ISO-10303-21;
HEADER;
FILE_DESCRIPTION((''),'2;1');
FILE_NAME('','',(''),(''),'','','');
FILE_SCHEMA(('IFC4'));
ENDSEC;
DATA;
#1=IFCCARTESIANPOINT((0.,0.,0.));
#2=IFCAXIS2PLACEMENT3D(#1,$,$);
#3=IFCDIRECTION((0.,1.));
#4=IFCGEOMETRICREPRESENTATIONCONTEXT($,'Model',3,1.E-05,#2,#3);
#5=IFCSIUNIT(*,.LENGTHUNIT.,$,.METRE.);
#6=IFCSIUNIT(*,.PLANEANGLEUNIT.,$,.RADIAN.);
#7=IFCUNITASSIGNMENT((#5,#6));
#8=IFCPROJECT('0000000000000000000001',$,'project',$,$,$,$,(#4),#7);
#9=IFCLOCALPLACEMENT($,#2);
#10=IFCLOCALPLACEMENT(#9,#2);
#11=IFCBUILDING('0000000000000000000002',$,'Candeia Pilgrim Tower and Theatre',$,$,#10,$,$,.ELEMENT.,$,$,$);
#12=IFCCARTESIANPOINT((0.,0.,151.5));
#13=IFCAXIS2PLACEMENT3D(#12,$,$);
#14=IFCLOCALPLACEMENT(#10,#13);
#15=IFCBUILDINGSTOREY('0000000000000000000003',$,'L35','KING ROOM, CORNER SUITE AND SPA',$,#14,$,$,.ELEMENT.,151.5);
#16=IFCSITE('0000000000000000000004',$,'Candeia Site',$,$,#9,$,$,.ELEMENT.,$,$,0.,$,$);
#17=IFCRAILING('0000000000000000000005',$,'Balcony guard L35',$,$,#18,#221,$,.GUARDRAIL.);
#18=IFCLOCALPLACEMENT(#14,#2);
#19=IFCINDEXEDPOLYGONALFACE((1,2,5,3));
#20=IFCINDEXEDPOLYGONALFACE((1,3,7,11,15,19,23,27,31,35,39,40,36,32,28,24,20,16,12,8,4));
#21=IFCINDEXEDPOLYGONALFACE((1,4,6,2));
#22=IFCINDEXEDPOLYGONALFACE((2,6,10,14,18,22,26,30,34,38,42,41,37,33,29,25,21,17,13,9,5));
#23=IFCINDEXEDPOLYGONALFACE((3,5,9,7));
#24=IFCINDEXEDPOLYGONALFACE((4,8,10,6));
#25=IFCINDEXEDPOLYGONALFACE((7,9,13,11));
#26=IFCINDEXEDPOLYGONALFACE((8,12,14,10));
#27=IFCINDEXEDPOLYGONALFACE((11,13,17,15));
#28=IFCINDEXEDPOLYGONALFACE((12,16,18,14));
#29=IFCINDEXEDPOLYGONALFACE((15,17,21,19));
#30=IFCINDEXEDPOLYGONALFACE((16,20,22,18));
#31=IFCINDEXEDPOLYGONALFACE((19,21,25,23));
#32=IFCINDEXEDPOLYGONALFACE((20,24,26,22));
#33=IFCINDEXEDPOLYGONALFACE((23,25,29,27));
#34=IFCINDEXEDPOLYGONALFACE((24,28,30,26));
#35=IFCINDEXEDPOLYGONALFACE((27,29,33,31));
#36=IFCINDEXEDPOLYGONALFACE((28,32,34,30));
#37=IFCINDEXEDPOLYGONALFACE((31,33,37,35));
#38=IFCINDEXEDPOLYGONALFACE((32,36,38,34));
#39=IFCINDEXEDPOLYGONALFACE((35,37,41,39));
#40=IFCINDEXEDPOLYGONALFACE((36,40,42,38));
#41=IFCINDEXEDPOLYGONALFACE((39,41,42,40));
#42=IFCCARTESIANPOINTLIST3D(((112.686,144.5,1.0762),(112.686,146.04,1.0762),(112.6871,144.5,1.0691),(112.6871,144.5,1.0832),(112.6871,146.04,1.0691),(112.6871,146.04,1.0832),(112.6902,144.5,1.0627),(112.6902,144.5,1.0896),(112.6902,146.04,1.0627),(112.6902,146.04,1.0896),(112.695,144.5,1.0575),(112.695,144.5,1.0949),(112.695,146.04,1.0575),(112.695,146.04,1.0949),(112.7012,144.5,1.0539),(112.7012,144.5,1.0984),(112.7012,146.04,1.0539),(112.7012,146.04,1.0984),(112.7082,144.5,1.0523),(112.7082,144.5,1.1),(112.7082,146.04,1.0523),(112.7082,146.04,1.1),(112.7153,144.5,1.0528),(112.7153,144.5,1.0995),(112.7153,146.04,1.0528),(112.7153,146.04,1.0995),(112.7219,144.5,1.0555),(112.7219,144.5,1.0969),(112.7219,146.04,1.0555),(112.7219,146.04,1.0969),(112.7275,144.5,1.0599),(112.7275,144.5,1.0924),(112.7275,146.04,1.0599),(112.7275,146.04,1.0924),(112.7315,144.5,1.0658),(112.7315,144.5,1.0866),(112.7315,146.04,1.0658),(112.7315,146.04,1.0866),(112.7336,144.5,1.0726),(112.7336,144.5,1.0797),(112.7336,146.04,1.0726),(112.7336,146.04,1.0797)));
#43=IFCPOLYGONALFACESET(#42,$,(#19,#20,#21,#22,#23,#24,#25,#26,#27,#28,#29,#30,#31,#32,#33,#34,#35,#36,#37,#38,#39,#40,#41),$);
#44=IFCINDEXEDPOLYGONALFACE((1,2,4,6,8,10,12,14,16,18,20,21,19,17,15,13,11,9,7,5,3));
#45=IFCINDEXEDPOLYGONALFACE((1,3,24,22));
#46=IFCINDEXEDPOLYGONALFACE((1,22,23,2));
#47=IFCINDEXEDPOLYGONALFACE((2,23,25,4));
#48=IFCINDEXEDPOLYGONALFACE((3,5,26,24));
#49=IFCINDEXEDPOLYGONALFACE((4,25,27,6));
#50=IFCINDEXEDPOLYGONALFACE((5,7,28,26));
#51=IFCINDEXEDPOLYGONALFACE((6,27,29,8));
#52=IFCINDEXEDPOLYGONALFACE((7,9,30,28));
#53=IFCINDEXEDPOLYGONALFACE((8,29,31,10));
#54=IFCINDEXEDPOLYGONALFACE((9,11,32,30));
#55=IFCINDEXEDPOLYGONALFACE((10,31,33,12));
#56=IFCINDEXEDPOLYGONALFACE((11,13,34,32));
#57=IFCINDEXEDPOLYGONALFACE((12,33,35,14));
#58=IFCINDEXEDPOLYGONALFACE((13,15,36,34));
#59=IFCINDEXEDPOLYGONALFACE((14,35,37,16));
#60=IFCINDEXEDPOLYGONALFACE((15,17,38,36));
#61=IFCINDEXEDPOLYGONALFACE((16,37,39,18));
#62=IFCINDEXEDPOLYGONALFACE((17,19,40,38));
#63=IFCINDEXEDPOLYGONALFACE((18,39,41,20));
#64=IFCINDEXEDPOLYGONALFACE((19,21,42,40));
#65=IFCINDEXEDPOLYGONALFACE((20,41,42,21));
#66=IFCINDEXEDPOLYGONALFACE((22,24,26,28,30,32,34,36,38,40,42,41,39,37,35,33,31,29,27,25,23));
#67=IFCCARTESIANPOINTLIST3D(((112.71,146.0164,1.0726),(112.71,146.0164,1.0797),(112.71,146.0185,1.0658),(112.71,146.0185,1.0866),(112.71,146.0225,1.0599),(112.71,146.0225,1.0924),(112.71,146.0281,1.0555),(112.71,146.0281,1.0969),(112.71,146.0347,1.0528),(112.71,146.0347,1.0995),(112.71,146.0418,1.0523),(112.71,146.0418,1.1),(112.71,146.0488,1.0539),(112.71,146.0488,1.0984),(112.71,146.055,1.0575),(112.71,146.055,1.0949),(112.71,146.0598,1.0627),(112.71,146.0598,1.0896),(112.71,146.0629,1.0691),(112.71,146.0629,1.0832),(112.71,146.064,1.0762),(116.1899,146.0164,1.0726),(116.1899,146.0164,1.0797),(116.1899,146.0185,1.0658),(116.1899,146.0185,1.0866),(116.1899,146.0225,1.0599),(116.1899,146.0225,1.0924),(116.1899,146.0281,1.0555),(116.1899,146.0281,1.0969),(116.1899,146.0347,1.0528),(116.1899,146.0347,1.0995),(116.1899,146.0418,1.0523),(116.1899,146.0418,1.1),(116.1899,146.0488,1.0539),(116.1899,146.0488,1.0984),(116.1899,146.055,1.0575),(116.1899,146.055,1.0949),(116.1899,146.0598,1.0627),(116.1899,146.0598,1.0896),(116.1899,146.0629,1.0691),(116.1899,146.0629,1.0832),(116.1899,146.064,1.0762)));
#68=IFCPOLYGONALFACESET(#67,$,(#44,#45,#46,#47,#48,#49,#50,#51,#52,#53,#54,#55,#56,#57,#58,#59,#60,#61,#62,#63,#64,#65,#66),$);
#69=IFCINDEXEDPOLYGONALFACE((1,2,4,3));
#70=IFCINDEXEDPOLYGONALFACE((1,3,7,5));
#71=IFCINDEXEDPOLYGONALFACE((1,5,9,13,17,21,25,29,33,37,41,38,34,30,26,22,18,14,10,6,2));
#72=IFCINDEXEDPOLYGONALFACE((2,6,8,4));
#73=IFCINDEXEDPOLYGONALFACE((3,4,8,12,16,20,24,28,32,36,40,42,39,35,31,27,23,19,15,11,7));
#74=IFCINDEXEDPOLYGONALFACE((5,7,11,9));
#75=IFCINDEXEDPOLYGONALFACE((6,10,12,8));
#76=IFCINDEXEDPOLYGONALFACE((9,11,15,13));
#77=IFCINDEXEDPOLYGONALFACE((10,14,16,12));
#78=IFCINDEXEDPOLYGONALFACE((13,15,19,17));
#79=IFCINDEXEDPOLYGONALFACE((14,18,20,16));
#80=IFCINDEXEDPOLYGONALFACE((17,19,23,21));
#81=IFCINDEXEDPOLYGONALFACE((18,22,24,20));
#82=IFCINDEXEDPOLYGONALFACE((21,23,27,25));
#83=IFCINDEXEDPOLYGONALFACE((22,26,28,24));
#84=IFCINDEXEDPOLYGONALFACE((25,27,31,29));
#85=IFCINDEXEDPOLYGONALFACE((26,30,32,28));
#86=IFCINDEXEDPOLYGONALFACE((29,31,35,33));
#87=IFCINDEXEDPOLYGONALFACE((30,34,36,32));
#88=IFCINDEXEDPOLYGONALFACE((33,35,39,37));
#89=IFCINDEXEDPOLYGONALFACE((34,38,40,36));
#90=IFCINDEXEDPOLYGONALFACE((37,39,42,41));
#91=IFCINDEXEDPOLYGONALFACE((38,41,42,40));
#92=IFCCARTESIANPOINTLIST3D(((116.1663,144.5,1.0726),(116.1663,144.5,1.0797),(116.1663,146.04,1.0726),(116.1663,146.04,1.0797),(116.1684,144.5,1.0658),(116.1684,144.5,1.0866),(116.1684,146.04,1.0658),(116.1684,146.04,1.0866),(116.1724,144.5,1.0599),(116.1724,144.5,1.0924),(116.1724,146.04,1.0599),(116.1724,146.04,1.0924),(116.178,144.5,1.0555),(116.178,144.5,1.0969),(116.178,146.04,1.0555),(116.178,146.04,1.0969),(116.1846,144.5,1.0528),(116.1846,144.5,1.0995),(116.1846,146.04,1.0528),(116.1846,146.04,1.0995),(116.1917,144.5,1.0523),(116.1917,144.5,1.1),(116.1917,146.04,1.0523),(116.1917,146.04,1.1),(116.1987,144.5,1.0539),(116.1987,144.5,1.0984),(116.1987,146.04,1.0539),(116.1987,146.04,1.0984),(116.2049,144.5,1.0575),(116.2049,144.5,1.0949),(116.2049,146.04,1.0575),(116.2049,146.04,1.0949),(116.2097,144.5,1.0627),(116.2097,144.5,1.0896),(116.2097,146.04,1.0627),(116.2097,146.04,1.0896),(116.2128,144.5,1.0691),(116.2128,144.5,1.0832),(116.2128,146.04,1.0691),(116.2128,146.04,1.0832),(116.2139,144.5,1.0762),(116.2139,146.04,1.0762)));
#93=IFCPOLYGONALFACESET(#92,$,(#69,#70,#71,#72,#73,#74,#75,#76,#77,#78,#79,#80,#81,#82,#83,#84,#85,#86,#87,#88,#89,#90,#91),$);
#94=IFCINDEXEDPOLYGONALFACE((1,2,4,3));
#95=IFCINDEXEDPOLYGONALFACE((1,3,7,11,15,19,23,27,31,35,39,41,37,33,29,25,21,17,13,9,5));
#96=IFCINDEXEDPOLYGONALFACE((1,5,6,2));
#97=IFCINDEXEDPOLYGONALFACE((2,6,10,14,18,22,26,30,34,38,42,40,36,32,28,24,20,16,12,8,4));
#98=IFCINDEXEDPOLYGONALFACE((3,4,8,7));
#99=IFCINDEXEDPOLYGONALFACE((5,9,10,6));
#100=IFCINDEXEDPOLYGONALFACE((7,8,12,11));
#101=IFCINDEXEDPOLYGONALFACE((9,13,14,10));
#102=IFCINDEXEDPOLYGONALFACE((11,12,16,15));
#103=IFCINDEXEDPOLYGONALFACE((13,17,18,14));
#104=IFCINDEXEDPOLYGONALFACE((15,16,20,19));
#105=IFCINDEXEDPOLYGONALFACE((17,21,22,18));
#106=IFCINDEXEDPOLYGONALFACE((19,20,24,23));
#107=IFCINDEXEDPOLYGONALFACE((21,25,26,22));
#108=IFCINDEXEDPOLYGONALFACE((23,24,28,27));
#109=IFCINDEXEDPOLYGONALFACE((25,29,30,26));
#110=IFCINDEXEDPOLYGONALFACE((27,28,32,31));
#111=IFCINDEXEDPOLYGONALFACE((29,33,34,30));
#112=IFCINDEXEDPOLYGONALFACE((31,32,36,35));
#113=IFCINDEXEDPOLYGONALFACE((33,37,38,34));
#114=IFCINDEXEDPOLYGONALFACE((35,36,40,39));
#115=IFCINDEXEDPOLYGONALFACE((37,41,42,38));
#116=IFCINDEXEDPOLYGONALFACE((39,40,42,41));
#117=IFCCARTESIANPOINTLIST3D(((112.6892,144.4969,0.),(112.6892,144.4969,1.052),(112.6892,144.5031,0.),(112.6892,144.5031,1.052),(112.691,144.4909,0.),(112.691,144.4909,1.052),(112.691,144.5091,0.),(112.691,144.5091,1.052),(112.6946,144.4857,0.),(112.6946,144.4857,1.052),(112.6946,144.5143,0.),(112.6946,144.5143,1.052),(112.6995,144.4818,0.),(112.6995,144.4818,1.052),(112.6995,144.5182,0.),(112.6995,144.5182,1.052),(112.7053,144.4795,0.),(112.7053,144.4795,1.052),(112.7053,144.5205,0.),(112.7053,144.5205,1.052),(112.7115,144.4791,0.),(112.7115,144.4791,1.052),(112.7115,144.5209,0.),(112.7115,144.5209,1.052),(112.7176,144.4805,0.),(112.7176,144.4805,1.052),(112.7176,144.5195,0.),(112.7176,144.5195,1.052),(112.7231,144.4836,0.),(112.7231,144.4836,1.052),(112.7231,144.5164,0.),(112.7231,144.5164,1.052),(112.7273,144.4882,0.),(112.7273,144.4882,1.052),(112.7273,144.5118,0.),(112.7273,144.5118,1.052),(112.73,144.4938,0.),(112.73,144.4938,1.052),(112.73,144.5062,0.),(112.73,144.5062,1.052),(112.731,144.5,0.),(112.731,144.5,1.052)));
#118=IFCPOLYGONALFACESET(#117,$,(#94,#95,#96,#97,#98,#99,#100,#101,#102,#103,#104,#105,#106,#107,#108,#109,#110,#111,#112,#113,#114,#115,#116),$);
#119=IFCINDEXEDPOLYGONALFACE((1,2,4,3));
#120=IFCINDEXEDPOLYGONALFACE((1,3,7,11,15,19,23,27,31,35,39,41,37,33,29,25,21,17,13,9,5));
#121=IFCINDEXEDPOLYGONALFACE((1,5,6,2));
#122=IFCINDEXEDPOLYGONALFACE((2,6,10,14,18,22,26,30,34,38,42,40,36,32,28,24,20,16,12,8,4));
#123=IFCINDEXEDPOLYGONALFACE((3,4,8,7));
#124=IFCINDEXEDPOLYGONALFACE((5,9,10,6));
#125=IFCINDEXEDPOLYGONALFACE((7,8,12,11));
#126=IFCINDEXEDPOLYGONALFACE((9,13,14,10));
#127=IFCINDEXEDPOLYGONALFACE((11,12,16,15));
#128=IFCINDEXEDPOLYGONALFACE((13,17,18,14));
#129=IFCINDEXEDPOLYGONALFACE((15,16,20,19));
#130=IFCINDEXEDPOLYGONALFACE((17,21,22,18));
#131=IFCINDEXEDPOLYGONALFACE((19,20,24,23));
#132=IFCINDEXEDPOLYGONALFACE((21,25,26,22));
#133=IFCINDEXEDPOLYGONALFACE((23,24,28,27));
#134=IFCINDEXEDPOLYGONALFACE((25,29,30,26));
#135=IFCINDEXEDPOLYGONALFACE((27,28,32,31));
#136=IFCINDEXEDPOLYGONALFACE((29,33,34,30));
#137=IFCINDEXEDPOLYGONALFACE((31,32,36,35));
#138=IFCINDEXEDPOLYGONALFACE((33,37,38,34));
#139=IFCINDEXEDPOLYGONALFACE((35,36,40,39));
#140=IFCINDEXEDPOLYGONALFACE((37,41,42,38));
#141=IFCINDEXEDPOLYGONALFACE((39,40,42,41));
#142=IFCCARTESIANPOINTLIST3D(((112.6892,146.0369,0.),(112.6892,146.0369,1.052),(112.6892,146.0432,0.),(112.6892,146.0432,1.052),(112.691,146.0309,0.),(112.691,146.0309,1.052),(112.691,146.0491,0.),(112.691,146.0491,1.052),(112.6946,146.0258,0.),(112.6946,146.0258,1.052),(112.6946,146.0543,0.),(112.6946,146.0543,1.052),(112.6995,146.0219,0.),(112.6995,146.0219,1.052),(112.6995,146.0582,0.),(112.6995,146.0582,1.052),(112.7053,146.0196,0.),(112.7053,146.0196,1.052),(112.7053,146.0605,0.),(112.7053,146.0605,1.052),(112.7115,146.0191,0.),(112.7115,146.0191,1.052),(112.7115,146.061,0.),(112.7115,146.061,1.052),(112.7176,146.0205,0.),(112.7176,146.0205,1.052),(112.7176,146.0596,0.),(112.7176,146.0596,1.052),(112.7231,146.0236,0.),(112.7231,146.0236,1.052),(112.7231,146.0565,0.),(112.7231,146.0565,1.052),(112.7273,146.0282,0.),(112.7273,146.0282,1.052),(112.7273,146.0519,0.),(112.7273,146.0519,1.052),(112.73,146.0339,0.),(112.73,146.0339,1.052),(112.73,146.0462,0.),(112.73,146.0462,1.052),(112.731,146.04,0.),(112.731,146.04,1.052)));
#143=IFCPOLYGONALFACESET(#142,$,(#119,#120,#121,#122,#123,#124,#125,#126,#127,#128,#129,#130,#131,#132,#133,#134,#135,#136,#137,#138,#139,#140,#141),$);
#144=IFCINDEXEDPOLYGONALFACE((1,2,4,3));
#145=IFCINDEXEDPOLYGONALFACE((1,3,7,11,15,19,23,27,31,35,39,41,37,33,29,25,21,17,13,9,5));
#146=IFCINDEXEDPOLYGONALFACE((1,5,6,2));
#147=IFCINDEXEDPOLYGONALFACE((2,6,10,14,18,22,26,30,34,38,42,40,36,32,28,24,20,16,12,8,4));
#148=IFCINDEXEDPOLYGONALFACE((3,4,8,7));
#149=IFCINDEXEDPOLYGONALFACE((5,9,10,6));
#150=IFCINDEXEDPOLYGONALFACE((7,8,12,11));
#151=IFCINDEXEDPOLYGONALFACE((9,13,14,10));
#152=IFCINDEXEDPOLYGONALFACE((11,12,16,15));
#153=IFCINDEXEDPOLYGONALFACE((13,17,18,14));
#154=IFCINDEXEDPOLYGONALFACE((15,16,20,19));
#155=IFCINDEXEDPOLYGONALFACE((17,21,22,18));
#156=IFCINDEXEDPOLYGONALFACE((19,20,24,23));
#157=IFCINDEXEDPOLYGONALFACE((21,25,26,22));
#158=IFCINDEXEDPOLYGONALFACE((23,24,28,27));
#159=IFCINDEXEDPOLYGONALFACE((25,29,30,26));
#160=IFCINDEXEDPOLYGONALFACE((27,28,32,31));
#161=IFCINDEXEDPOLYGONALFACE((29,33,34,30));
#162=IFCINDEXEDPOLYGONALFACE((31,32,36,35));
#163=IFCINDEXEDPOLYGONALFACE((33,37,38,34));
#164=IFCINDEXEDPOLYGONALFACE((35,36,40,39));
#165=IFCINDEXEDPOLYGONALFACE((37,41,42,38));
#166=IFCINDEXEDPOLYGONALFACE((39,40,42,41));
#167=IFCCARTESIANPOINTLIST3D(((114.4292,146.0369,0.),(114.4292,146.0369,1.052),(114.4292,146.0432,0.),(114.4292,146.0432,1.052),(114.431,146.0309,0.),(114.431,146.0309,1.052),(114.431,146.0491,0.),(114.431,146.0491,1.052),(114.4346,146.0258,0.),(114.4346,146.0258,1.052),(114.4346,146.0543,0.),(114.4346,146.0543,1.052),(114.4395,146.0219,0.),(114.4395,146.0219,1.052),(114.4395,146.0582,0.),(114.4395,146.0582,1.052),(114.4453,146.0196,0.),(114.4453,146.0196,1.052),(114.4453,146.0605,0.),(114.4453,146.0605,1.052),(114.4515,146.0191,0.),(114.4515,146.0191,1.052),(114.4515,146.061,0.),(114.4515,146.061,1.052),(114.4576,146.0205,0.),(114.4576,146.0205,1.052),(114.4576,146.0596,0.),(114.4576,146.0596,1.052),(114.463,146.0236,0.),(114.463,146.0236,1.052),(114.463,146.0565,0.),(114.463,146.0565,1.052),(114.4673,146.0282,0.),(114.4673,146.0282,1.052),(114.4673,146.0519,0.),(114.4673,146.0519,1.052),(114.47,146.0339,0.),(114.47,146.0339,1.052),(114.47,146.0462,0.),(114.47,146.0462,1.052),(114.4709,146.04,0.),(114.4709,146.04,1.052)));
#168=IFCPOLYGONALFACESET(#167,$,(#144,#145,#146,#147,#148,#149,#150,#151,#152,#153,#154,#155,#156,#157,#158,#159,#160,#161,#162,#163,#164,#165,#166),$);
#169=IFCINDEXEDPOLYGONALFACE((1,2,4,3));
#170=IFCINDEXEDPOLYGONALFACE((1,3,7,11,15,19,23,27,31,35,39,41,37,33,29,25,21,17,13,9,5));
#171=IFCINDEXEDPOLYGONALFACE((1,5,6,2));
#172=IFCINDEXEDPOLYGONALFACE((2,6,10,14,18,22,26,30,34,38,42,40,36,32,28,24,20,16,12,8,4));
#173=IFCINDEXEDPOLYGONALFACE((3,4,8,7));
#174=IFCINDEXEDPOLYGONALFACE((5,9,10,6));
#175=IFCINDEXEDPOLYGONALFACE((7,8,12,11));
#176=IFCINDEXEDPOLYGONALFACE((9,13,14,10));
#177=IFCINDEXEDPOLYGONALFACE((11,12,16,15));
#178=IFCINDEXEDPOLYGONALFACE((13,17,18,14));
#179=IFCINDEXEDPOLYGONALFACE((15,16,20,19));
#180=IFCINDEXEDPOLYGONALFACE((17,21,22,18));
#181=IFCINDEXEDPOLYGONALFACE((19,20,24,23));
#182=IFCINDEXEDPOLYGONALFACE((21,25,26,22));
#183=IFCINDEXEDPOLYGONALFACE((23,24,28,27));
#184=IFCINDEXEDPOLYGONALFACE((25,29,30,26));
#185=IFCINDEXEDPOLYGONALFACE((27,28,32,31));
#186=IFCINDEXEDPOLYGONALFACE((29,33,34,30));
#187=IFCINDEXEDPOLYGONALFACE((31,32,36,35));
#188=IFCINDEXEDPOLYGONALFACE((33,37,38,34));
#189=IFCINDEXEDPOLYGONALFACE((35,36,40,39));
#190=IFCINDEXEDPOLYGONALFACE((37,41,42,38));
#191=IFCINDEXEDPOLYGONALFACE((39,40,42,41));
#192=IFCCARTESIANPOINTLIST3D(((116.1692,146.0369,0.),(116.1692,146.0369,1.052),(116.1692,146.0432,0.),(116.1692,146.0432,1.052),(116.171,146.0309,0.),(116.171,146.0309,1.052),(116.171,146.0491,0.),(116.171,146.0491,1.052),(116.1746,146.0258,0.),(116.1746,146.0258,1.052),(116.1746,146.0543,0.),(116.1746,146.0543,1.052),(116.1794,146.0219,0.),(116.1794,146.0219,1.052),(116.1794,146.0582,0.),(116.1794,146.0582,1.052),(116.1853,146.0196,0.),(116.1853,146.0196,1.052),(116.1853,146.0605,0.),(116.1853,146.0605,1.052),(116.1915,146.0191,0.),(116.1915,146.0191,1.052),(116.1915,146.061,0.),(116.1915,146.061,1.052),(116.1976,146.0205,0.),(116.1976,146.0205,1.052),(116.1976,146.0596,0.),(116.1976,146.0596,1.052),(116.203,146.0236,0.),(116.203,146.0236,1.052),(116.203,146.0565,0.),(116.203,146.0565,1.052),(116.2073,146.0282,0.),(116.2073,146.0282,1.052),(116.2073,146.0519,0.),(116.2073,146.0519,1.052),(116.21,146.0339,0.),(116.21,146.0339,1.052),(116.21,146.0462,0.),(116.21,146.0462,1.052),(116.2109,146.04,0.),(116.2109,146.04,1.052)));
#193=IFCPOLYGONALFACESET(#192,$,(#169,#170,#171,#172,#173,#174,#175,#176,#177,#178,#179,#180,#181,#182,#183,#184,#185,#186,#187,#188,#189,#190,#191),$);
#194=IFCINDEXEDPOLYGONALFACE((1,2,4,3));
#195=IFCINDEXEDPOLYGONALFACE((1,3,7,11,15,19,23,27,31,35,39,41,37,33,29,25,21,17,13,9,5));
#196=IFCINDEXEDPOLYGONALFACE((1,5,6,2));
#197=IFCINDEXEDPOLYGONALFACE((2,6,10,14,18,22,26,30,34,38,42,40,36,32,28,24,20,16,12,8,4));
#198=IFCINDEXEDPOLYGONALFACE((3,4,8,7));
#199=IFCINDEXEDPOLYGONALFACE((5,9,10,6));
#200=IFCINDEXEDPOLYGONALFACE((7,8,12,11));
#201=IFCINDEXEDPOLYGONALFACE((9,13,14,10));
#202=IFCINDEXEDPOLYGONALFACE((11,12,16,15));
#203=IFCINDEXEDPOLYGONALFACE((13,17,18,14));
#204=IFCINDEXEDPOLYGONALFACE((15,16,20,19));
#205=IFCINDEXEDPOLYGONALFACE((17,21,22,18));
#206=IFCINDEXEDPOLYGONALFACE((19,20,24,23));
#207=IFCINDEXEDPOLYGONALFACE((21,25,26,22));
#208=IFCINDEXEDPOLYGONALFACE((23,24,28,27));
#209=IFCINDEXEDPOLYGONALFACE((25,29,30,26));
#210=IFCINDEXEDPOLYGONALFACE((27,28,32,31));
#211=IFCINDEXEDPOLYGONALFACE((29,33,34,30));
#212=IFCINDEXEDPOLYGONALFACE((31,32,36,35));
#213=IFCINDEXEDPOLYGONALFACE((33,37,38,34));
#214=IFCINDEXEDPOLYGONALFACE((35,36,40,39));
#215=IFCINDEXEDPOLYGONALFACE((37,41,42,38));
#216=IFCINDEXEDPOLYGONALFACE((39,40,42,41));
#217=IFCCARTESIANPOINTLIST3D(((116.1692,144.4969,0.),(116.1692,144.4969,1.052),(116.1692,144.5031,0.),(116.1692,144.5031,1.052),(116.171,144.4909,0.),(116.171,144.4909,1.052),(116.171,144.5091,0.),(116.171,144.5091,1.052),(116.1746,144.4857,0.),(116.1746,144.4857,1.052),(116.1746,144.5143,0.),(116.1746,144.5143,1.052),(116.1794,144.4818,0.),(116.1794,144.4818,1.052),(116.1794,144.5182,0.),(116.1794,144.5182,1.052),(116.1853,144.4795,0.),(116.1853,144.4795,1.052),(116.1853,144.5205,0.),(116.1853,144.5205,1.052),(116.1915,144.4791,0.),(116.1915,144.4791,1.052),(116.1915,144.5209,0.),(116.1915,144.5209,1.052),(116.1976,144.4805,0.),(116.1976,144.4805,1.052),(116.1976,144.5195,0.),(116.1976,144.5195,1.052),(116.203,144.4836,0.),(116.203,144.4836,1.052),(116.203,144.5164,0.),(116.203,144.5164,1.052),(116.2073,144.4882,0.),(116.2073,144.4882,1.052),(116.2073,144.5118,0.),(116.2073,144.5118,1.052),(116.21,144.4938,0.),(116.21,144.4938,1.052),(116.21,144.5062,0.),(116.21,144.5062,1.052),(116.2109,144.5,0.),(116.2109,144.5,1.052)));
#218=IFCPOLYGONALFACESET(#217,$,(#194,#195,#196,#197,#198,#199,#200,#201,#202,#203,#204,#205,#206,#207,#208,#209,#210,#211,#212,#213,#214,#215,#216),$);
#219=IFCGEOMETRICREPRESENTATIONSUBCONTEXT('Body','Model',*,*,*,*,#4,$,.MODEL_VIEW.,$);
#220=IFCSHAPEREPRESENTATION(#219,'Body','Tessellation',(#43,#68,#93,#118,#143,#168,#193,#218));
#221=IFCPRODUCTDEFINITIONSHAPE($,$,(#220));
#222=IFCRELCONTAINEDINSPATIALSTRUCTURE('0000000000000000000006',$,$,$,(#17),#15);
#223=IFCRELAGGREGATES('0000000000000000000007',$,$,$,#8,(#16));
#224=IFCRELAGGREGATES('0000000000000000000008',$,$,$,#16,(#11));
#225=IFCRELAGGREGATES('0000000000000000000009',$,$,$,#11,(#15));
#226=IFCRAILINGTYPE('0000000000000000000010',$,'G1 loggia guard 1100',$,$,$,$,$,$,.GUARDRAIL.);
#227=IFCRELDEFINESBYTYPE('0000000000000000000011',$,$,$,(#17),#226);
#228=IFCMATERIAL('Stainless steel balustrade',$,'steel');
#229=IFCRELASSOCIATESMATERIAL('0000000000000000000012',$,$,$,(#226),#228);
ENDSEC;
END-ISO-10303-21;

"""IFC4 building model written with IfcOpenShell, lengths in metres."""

from ifc_helpers import new_model, si_unit, direction, frame, origin, origin_2d, place, context, subcontext, project, spatial, circle, extrude, material, type_object, element, save


model = new_model("IFC4")

# Units and contexts
model_context = context("Model", 3, precision=1e-05, world=origin(), true_north=direction((0.0, 1.0)))
body_context = subcontext(model_context, "Body", "Model", "MODEL_VIEW")
ifc_project = project(units=[si_unit("LENGTHUNIT", "METRE"), si_unit("PLANEANGLEUNIT", "RADIAN")], contexts=[model_context])

# Site, building, storey
site_placement = place(None, origin())
site = spatial("IfcSite", under=ifc_project, at=site_placement, Name="Candeia Site", CompositionType="ELEMENT", RefElevation=0.0)
building_placement = place(site_placement, origin())
building = spatial("IfcBuilding", under=site, at=building_placement, Name="Candeia Pilgrim Tower and Theatre", CompositionType="ELEMENT")
storey_placement = place(building_placement, frame((0.0, 0.0, 151.5)))
storey = spatial("IfcBuildingStorey", under=building, at=storey_placement, Name="L35", Description="KING ROOM, CORNER SUITE AND SPA", CompositionType="ELEMENT", Elevation=151.5)

# Railing
ifc_material_1 = material(Name="Stainless steel balustrade", Category="steel")
railing_type = type_object("IfcRailingType", Name="G1 loggia guard 1100", PredefinedType="GUARDRAIL", material=ifc_material_1)
railing_placement = place(storey_placement, frame((112.71, 144.5, 0.0)))
element("IfcRailing", 1, at=railing_placement, inside=storey, type_object=railing_type, Name="Balcony guard L35", PredefinedType="GUARDRAIL", context=body_context, shape_type="SweptSolid", body=[
    extrude(circle(Radius=0.0239, at=origin_2d()), frame((0.0, 0.0, 1.0762), z_axis=(0.0, 1.0, 0.0), x_axis=(-1.0, 0.0, 0.0)), (0.0, 0.0, 1.0), 1.54),
    extrude(circle(Radius=0.0239, at=origin_2d()), frame((0.0, 1.54, 1.0762), z_axis=(1.0, 0.0, 0.0), x_axis=(0.0, 1.0, 0.0)), (0.0, 0.0, 1.0), 3.48),
    extrude(circle(Radius=0.0239, at=origin_2d()), frame((3.48, 1.54, 1.0762), z_axis=(0.0, -1.0, 0.0), x_axis=(1.0, 0.0, 0.0)), (0.0, 0.0, 1.0), 1.54),
    extrude(circle(Radius=0.021, at=origin_2d()), origin(), (0.0, 0.0, 1.0), 1.052),
    extrude(circle(Radius=0.021, at=origin_2d()), frame((0.0, 1.54, 0.0)), (0.0, 0.0, 1.0), 1.052),
    extrude(circle(Radius=0.021, at=origin_2d()), frame((1.74, 1.54, 0.0)), (0.0, 0.0, 1.0), 1.052),
    extrude(circle(Radius=0.021, at=origin_2d()), frame((3.48, 1.54, 0.0)), (0.0, 0.0, 1.0), 1.052),
    extrude(circle(Radius=0.021, at=origin_2d()), frame((3.48, 0.0, 0.0)), (0.0, 0.0, 1.0), 1.052),
])

save(model, "model.ifc")
